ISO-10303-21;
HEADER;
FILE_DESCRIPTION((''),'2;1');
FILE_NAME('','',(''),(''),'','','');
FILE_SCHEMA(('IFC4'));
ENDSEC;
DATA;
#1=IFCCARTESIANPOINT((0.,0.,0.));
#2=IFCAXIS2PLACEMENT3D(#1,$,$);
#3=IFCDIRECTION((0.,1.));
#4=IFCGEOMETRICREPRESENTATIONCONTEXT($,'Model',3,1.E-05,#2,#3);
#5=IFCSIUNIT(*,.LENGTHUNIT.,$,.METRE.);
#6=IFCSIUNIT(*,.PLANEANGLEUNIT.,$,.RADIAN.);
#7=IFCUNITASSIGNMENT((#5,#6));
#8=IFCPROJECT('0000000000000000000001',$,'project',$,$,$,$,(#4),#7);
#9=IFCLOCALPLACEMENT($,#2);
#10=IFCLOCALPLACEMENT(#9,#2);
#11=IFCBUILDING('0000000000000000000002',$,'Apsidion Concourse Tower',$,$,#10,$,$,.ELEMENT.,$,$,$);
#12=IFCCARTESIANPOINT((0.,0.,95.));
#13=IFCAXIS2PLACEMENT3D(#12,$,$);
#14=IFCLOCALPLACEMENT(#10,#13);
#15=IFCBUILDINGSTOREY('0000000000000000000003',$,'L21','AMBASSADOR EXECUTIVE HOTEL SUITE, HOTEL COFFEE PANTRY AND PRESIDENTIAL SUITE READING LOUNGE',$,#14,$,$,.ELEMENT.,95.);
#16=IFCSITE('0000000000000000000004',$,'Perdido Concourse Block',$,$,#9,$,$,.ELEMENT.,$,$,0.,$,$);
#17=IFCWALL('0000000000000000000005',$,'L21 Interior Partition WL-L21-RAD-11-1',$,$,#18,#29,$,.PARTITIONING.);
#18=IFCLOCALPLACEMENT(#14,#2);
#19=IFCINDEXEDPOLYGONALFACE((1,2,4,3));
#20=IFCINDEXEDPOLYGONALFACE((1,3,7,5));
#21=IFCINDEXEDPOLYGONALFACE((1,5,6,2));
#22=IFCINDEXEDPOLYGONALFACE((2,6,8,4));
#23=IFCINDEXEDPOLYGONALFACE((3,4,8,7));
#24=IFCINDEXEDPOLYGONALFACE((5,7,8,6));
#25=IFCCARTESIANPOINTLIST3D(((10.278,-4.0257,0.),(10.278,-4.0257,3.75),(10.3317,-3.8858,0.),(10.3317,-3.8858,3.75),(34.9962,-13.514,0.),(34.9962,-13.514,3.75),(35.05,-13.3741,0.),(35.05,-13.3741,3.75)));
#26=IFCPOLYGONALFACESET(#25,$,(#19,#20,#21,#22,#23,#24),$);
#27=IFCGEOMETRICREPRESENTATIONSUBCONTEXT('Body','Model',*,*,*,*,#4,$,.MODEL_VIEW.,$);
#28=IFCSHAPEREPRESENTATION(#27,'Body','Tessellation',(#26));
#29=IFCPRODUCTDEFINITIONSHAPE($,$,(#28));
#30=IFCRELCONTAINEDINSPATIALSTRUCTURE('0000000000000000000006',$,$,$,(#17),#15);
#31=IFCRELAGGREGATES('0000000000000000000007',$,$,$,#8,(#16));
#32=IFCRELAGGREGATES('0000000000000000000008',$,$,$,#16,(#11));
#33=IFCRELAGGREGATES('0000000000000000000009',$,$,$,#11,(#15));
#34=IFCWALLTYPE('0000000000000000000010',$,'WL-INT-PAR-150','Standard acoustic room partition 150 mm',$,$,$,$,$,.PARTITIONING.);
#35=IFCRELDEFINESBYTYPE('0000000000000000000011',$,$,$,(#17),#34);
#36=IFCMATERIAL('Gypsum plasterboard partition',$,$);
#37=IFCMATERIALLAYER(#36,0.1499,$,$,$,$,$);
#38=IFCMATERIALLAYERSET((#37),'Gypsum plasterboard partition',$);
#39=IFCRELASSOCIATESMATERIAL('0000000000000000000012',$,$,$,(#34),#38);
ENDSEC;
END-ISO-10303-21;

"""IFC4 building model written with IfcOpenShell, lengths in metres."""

from ifc_helpers import new_model, si_unit, direction, frame, frame_2d, origin, place, context, subcontext, project, spatial, rectangle, extrude, material, layer, layer_set, type_object, element, save


model = new_model("IFC4")

# Units and contexts
model_context = context("Model", 3, precision=1e-05, world=origin(), true_north=direction((0.0, 1.0)))
body_context = subcontext(model_context, "Body", "Model", "MODEL_VIEW")
ifc_project = project(units=[si_unit("LENGTHUNIT", "METRE"), si_unit("PLANEANGLEUNIT", "RADIAN")], contexts=[model_context])

# Site, building, storey
site_placement = place(None, origin())
site = spatial("IfcSite", under=ifc_project, at=site_placement, Name="Perdido Concourse Block", CompositionType="ELEMENT", RefElevation=0.0)
building_placement = place(site_placement, origin())
building = spatial("IfcBuilding", under=site, at=building_placement, Name="Apsidion Concourse Tower", CompositionType="ELEMENT")
storey_placement = place(building_placement, frame((0.0, 0.0, 95.0)))
storey = spatial("IfcBuildingStorey", under=building, at=storey_placement, Name="L21", Description="AMBASSADOR EXECUTIVE HOTEL SUITE, HOTEL COFFEE PANTRY AND PRESIDENTIAL SUITE READING LOUNGE", CompositionType="ELEMENT", Elevation=95.0)

# Shared definitions
ifc_material_1 = material(Name="Gypsum plasterboard partition")
ifc_layer_1 = layer(ifc_material_1, 0.1499)
ifc_layer_set_1 = layer_set([ifc_layer_1], Name="Gypsum plasterboard partition")
wall_type_1 = type_object("IfcWallType", Name="WL-INT-PAR-150", Description="Standard acoustic room partition 150 mm", PredefinedType="PARTITIONING", material=ifc_layer_set_1)

# Wall
wall_1_placement = place(storey_placement, frame((10.3049, -3.9558, 0.0), z_axis=(0.0, 0.0, 1.0), x_axis=(0.933583, -0.358362, 0.0)))
element("IfcWall", 1, at=wall_1_placement, inside=storey, type_object=wall_type_1, Name="L21 Interior Partition WL-L21-RAD-11-1", PredefinedType="PARTITIONING", context=body_context, shape_type="SweptSolid", body=[
    extrude(rectangle(XDim=26.4768, YDim=0.1499, at=frame_2d((13.2383, 0.0))), origin(), (0.0, 0.0, 1.0), 3.75),
])

save(model, "model.ifc")
